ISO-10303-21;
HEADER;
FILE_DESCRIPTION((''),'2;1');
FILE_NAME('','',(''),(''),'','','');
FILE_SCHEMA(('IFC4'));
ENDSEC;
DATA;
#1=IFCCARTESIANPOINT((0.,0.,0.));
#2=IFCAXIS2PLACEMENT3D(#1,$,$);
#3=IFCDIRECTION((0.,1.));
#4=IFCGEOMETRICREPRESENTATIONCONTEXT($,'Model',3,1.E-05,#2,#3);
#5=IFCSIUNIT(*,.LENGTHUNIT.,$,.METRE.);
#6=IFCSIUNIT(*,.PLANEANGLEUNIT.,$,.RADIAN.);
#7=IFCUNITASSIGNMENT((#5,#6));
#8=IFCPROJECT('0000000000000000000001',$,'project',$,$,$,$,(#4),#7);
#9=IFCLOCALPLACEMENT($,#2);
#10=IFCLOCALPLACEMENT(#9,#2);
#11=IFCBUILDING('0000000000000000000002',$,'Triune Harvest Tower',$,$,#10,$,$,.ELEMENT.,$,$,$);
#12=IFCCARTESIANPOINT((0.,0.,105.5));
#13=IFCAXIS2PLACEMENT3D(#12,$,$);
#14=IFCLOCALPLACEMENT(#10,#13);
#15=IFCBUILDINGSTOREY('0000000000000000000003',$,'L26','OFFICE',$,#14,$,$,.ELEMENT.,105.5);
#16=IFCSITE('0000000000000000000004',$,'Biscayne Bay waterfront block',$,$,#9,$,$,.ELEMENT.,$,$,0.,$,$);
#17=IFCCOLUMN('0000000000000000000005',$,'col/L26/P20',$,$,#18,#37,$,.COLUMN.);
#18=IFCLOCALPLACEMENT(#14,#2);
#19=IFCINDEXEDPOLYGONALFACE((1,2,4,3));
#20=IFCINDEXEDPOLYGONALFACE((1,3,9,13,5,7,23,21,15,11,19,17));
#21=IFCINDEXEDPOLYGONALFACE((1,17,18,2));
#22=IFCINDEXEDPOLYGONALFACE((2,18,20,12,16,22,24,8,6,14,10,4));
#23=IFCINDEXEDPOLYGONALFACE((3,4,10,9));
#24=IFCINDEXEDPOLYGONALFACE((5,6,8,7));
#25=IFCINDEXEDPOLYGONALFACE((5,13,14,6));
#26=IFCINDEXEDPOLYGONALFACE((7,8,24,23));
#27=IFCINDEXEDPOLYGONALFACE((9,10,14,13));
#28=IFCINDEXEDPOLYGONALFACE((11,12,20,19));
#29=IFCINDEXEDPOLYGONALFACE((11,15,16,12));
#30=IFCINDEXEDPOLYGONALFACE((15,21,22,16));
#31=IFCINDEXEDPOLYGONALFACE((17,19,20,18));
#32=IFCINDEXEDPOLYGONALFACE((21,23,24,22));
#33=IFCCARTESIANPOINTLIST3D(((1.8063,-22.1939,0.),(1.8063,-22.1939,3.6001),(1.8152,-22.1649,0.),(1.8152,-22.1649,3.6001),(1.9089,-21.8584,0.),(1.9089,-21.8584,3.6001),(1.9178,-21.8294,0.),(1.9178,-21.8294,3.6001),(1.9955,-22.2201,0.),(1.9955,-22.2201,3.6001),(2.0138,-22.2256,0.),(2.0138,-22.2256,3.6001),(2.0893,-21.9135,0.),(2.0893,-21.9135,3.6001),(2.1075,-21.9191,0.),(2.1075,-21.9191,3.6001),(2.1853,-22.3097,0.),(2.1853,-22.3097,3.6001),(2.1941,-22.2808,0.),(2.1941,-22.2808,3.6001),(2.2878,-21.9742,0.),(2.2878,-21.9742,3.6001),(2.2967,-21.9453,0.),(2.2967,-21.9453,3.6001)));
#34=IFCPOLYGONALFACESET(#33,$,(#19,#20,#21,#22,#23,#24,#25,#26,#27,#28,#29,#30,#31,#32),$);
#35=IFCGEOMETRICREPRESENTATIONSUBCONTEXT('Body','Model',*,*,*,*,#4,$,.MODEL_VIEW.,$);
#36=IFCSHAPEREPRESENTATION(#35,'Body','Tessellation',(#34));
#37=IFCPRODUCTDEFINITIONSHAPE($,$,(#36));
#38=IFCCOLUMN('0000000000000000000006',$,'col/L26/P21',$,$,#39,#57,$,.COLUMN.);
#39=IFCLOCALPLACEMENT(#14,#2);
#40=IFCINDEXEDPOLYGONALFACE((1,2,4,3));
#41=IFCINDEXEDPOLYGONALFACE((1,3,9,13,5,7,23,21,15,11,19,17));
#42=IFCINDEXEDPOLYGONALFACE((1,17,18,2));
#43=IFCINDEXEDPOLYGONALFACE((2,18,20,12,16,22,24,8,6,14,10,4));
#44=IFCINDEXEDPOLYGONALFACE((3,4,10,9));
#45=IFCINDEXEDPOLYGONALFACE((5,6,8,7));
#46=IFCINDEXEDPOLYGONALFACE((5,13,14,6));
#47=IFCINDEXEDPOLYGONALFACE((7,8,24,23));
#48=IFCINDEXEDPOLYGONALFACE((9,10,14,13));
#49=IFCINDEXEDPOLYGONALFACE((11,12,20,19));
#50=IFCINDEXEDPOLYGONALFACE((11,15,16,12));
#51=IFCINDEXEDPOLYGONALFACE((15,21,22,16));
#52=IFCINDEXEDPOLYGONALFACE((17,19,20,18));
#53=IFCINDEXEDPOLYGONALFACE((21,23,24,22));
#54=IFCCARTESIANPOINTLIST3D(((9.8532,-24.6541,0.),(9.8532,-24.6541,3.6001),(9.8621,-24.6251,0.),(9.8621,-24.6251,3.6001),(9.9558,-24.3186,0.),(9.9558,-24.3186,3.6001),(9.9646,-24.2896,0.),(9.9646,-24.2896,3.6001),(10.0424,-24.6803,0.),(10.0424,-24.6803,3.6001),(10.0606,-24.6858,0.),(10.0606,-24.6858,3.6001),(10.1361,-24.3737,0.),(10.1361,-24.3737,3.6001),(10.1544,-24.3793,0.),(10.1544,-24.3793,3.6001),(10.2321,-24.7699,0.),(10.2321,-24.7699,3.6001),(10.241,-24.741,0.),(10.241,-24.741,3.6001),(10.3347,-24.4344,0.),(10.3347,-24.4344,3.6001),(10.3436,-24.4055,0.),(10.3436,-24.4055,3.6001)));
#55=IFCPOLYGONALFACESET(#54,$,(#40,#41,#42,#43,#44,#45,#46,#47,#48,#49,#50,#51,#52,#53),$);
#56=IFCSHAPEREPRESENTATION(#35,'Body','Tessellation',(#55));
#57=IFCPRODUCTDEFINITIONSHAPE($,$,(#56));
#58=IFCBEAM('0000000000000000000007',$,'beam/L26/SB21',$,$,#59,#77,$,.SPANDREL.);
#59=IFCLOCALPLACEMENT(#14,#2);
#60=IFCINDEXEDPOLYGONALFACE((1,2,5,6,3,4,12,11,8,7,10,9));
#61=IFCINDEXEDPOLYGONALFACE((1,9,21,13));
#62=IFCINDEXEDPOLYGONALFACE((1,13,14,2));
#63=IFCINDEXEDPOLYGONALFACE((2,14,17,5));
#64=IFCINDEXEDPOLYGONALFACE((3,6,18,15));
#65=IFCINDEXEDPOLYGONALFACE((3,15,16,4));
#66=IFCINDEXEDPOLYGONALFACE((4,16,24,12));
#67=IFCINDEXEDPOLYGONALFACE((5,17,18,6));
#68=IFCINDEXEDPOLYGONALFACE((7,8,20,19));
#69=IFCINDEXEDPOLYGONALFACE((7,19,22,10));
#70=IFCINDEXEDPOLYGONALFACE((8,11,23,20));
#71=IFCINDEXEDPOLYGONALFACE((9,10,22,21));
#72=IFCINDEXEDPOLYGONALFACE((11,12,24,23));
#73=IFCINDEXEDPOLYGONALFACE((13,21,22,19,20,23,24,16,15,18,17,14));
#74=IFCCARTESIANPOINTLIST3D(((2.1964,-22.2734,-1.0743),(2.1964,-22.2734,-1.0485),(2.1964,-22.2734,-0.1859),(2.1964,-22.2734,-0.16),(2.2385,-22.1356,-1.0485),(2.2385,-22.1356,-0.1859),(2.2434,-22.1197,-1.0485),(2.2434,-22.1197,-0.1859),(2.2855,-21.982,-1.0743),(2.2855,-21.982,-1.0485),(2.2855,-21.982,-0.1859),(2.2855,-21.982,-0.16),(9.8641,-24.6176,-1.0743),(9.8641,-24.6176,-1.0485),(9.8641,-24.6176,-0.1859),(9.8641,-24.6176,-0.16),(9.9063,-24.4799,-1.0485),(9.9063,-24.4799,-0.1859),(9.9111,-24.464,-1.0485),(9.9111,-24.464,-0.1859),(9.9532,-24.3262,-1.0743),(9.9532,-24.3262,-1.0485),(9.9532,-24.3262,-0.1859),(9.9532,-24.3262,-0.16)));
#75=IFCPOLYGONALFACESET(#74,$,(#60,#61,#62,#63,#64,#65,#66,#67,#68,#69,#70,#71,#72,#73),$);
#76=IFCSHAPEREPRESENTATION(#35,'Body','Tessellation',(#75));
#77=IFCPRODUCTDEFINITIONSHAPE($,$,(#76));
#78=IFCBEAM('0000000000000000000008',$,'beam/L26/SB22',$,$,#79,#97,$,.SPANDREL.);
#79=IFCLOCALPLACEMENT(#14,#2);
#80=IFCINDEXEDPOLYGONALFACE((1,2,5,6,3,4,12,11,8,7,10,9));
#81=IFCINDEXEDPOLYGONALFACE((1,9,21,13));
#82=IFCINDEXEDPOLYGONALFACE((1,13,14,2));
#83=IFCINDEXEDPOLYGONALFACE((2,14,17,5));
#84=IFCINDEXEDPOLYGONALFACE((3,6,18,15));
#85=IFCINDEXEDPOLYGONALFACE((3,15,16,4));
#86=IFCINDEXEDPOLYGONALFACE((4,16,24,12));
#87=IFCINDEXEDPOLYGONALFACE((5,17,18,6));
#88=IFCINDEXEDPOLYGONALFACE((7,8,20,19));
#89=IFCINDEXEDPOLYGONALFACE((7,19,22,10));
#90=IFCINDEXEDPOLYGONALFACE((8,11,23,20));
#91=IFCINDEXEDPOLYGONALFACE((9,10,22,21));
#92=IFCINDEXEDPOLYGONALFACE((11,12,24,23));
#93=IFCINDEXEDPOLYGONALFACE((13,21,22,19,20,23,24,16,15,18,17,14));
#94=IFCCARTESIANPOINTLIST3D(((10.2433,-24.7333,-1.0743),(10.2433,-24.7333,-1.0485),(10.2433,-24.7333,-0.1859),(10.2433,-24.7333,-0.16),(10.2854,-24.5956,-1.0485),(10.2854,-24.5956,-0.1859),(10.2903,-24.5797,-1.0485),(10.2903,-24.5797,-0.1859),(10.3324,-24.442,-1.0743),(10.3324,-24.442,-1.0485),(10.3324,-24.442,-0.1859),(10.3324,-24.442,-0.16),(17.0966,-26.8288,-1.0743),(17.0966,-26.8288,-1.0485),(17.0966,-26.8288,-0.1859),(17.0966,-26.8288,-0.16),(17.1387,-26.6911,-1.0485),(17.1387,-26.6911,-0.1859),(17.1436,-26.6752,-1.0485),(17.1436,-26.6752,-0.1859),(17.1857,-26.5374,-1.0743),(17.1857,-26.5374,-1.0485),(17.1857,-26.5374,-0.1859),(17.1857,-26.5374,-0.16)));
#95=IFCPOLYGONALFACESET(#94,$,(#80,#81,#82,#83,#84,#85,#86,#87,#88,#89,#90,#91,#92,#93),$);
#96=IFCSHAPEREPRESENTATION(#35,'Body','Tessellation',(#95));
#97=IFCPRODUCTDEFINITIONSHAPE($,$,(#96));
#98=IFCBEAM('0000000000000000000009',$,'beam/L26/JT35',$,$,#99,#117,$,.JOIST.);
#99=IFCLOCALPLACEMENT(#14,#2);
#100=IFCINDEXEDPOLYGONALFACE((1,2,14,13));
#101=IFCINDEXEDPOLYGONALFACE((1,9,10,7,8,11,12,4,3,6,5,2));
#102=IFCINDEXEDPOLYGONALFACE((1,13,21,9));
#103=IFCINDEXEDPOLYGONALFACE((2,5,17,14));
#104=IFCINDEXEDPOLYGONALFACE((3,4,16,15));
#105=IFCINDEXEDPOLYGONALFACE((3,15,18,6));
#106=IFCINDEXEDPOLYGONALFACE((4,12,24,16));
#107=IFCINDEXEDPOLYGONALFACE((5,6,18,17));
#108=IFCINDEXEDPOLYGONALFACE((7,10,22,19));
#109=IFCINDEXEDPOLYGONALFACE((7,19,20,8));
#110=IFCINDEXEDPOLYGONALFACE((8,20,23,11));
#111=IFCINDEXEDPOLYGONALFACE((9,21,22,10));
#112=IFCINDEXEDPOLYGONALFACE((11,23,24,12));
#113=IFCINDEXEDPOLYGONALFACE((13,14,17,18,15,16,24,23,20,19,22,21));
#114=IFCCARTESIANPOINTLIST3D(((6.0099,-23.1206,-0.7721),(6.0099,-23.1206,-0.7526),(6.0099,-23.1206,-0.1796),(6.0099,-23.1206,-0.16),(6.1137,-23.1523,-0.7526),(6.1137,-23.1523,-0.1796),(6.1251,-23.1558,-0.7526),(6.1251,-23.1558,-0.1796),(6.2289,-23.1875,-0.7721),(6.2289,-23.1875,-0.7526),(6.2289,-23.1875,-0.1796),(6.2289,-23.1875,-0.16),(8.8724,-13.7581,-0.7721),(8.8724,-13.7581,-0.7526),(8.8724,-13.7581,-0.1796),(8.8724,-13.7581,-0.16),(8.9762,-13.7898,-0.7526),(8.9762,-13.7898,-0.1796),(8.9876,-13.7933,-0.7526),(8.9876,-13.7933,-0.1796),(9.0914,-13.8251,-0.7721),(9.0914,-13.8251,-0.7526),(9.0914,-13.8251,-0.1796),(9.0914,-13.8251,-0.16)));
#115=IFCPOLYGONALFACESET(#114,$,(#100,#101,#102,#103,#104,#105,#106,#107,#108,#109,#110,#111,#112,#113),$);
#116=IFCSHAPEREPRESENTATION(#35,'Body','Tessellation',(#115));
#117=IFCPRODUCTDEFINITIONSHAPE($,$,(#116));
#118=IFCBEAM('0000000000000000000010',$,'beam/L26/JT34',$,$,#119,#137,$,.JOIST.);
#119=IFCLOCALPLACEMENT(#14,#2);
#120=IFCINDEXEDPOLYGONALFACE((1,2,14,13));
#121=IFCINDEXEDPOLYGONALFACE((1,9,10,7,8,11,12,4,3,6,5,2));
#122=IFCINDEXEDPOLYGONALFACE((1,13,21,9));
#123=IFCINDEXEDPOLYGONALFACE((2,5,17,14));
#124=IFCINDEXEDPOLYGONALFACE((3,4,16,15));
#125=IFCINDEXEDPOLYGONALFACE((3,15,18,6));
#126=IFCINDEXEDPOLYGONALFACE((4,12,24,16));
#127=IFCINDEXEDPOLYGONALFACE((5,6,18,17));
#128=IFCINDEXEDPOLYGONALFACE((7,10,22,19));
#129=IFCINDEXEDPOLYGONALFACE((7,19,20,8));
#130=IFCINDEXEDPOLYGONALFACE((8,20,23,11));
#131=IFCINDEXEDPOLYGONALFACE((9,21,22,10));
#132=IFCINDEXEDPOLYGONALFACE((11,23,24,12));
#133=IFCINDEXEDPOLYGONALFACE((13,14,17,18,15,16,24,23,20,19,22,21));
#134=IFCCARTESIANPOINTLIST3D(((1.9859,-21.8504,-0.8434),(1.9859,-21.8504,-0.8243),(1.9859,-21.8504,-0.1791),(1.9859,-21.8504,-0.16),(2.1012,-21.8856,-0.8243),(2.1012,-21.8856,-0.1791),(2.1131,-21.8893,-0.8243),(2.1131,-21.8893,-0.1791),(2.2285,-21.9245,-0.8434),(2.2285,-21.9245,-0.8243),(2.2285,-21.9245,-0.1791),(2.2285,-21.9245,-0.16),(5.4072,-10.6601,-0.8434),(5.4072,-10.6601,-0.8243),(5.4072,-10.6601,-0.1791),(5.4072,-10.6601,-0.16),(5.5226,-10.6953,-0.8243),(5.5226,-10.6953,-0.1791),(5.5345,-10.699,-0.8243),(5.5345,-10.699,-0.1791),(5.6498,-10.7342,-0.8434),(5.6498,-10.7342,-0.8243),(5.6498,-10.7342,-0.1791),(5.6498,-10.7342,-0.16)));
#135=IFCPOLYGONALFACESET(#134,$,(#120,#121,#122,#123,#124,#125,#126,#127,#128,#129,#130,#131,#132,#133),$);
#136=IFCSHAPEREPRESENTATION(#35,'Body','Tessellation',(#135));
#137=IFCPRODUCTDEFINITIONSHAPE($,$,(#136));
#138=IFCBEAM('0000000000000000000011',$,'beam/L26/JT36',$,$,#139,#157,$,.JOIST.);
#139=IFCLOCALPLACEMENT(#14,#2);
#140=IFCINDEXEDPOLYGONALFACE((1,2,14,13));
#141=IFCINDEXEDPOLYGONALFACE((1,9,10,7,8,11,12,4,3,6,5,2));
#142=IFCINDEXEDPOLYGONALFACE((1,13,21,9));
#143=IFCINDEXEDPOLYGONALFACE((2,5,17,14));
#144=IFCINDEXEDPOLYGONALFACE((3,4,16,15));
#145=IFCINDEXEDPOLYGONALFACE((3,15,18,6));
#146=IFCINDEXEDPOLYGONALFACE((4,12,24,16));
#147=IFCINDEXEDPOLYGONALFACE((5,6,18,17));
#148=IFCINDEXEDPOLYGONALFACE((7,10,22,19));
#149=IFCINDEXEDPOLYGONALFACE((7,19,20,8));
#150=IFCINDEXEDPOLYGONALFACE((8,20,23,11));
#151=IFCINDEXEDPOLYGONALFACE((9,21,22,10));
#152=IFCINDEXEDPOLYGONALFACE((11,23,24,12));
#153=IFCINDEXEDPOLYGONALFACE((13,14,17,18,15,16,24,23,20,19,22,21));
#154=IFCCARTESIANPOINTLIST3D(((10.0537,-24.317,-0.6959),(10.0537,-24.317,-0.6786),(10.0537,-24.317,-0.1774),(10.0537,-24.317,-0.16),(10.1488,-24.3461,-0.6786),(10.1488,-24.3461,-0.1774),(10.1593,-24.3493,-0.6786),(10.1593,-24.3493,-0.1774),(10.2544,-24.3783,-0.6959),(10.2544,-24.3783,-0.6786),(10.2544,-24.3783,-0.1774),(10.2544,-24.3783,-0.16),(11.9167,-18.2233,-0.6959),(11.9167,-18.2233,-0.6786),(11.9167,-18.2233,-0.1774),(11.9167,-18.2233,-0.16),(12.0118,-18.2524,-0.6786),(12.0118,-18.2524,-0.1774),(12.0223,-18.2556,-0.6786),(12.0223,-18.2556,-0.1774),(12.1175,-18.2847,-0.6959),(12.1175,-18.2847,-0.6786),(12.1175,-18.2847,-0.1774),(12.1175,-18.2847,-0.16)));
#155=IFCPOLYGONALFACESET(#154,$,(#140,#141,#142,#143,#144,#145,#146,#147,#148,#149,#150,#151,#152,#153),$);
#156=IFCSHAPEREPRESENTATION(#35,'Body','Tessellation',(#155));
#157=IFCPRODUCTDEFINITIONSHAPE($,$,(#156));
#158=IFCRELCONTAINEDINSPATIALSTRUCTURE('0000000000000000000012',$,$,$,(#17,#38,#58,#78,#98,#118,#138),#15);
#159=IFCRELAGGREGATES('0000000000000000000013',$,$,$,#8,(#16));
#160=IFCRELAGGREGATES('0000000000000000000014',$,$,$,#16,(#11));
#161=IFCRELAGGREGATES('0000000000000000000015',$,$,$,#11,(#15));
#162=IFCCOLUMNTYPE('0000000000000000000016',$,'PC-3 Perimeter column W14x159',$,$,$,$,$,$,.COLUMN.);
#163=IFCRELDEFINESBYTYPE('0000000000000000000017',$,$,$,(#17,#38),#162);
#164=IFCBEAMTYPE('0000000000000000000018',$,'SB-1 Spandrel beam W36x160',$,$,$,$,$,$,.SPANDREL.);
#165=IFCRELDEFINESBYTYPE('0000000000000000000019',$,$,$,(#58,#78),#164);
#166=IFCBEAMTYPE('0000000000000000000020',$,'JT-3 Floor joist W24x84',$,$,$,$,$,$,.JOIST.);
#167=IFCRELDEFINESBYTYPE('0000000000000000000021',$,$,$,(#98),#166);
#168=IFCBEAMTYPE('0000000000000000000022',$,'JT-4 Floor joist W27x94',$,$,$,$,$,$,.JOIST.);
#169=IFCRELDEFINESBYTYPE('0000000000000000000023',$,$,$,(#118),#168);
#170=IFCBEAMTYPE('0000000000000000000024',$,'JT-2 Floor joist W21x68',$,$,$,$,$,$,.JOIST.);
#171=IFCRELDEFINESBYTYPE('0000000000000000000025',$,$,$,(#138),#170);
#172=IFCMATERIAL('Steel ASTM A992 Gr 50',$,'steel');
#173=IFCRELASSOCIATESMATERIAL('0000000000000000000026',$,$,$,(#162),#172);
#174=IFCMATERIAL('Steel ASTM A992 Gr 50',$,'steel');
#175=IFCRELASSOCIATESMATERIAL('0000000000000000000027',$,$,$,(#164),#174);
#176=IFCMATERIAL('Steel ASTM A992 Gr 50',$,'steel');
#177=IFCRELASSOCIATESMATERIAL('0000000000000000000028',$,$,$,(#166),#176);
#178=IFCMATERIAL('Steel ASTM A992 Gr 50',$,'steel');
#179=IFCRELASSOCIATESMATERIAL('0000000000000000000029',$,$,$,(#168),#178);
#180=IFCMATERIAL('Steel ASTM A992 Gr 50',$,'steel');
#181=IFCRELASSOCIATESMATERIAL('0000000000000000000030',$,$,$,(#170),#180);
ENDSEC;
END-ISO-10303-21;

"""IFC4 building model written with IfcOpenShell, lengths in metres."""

from ifc_helpers import new_model, si_unit, direction, frame, origin, origin_2d, place, context, subcontext, project, spatial, i_section, extrude, source, transform, mapped, material, material_profile, profile_set, type_object, element, save


model = new_model("IFC4")

# Units and contexts
model_context = context("Model", 3, precision=1e-05, world=origin(), true_north=direction((0.0, 1.0)))
body_context = subcontext(model_context, "Body", "Model", "MODEL_VIEW")
ifc_project = project(units=[si_unit("LENGTHUNIT", "METRE"), si_unit("PLANEANGLEUNIT", "RADIAN")], contexts=[model_context])

# Site, building, storey
site_placement = place(None, origin())
site = spatial("IfcSite", under=ifc_project, at=site_placement, Name="Biscayne Bay waterfront block", CompositionType="ELEMENT", RefElevation=0.0)
building_placement = place(site_placement, origin())
building = spatial("IfcBuilding", under=site, at=building_placement, Name="Triune Harvest Tower", CompositionType="ELEMENT")
storey_placement = place(building_placement, frame((0.0, 0.0, 105.5)))
storey = spatial("IfcBuildingStorey", under=building, at=storey_placement, Name="L26", Description="OFFICE", CompositionType="ELEMENT", Elevation=105.5)

# Columns
ifc_material_1 = material(Name="Steel ASTM A992 Gr 50", Category="steel")
ifc_material_profile_1 = material_profile(ifc_material_1, i_section(OverallWidth=0.3962, OverallDepth=0.3811, WebThickness=0.019, FlangeThickness=0.0303, at=origin_2d()), Name="W14x159")
ifc_profile_set_1 = profile_set([ifc_material_profile_1], Name="Steel ASTM A992 Gr 50")
column_type = type_object("IfcColumnType", Name="PC-3 Perimeter column W14x159", PredefinedType="COLUMN", material=ifc_profile_set_1)
shared_shape_1 = source(origin(), body_context, "Body", "SweptSolid", [
    extrude(i_section(OverallWidth=0.3962, OverallDepth=0.3811, WebThickness=0.019, FlangeThickness=0.0303, at=origin_2d()), origin(), (0.0, 0.0, 1.0), 3.6001),
])
for number, where, z_axis, x_axis, name in (
    (1, (2.0515, -22.0696, 0.0), (0.0, 0.0, 1.0), (0.956305, -0.292372, 0.0), "col/L26/P20"),
    (2, (10.0984, -24.5298, 0.0), (0.0, 0.0, 1.0), (0.956305, -0.292372, 0.0), "col/L26/P21"),
):
    element("IfcColumn", number, at=place(storey_placement, frame(where, z_axis=z_axis, x_axis=x_axis)), inside=storey, type_object=column_type, Name=name, PredefinedType="COLUMN", context=body_context, shape_type="MappedRepresentation", body=[
        mapped(shared_shape_1, transform((0.0, 0.0, 0.0), scale=1.0)),
    ])

# Beams
ifc_material_2 = material(Name="Steel ASTM A992 Gr 50", Category="steel")
ifc_material_profile_2 = material_profile(ifc_material_2, i_section(OverallWidth=0.3047, OverallDepth=0.9143, WebThickness=0.0166, FlangeThickness=0.0259, at=origin_2d()), Name="W36x160")
ifc_profile_set_2 = profile_set([ifc_material_profile_2], Name="Steel ASTM A992 Gr 50")
beam_type_1 = type_object("IfcBeamType", Name="SB-1 Spandrel beam W36x160", PredefinedType="SPANDREL", material=ifc_profile_set_2)
shared_shape_2 = source(origin(), body_context, "Body", "SweptSolid", [
    extrude(i_section(OverallWidth=0.3047, OverallDepth=0.9143, WebThickness=0.0166, FlangeThickness=0.0259, at=origin_2d()), origin(), (0.0, 0.0, 1.0), 8.0181),
])
beam_1_placement = place(storey_placement, frame((2.241, -22.1277, -0.6172), z_axis=(0.956305, -0.292369, 0.0), x_axis=(0.292369, 0.956305, 0.0)))
element("IfcBeam", 3, at=beam_1_placement, inside=storey, type_object=beam_type_1, Name="beam/L26/SB21", PredefinedType="SPANDREL", context=body_context, shape_type="MappedRepresentation", body=[
    mapped(shared_shape_2, transform((0.0, 0.0, 0.0), scale=1.0)),
])
shared_shape_3 = source(origin(), body_context, "Body", "SweptSolid", [
    extrude(i_section(OverallWidth=0.3047, OverallDepth=0.9143, WebThickness=0.0166, FlangeThickness=0.0259, at=origin_2d()), origin(), (0.0, 0.0, 1.0), 7.1665),
])
beam_2_placement = place(storey_placement, frame((10.2878, -24.5876, -0.6172), z_axis=(0.956297, -0.292398, 0.0), x_axis=(0.292398, 0.956297, 0.0)))
element("IfcBeam", 4, at=beam_2_placement, inside=storey, type_object=beam_type_1, Name="beam/L26/SB22", PredefinedType="SPANDREL", context=body_context, shape_type="MappedRepresentation", body=[
    mapped(shared_shape_3, transform((0.0, 0.0, 0.0), scale=1.0)),
])
ifc_material_3 = material(Name="Steel ASTM A992 Gr 50", Category="steel")
ifc_material_profile_3 = material_profile(ifc_material_3, i_section(OverallWidth=0.229, OverallDepth=0.6121, WebThickness=0.012, FlangeThickness=0.0195, at=origin_2d()), Name="W24x84")
ifc_profile_set_3 = profile_set([ifc_material_profile_3], Name="Steel ASTM A992 Gr 50")
beam_type_2 = type_object("IfcBeamType", Name="JT-3 Floor joist W24x84", PredefinedType="JOIST", material=ifc_profile_set_3)
shared_shape_4 = source(origin(), body_context, "Body", "SweptSolid", [
    extrude(i_section(OverallWidth=0.229, OverallDepth=0.6121, WebThickness=0.012, FlangeThickness=0.0195, at=origin_2d()), origin(), (0.0, 0.0, 1.0), 9.7903),
])
beam_3_placement = place(storey_placement, frame((6.1194, -23.1541, -0.4661), z_axis=(0.292384, 0.956301, 0.0), x_axis=(-0.956301, 0.292384, 0.0)))
element("IfcBeam", 5, at=beam_3_placement, inside=storey, type_object=beam_type_2, Name="beam/L26/JT35", PredefinedType="JOIST", context=body_context, shape_type="MappedRepresentation", body=[
    mapped(shared_shape_4, transform((0.0, 0.0, 0.0), scale=1.0)),
])
ifc_material_4 = material(Name="Steel ASTM A992 Gr 50", Category="steel")
ifc_material_profile_4 = material_profile(ifc_material_4, i_section(OverallWidth=0.2537, OverallDepth=0.6833, WebThickness=0.0125, FlangeThickness=0.019, at=origin_2d()), Name="W27x94")
ifc_profile_set_4 = profile_set([ifc_material_profile_4], Name="Steel ASTM A992 Gr 50")
beam_type_3 = type_object("IfcBeamType", Name="JT-4 Floor joist W27x94", PredefinedType="JOIST", material=ifc_profile_set_4)
shared_shape_5 = source(origin(), body_context, "Body", "SweptSolid", [
    extrude(i_section(OverallWidth=0.2537, OverallDepth=0.6833, WebThickness=0.0125, FlangeThickness=0.019, at=origin_2d()), origin(), (0.0, 0.0, 1.0), 11.7017),
])
beam_4_placement = place(storey_placement, frame((2.1072, -21.8875, -0.5017), z_axis=(0.292382, 0.956302, 0.0), x_axis=(-0.956302, 0.292382, 0.0)))
element("IfcBeam", 6, at=beam_4_placement, inside=storey, type_object=beam_type_3, Name="beam/L26/JT34", PredefinedType="JOIST", context=body_context, shape_type="MappedRepresentation", body=[
    mapped(shared_shape_5, transform((0.0, 0.0, 0.0), scale=1.0)),
])
ifc_material_5 = material(Name="Steel ASTM A992 Gr 50", Category="steel")
ifc_material_profile_5 = material_profile(ifc_material_5, i_section(OverallWidth=0.21, OverallDepth=0.5359, WebThickness=0.011, FlangeThickness=0.0173, at=origin_2d()), Name="W21x68")
ifc_profile_set_5 = profile_set([ifc_material_profile_5], Name="Steel ASTM A992 Gr 50")
beam_type_4 = type_object("IfcBeamType", Name="JT-2 Floor joist W21x68", PredefinedType="JOIST", material=ifc_profile_set_5)
shared_shape_6 = source(origin(), body_context, "Body", "SweptSolid", [
    extrude(i_section(OverallWidth=0.21, OverallDepth=0.5359, WebThickness=0.011, FlangeThickness=0.0173, at=origin_2d()), origin(), (0.0, 0.0, 1.0), 6.3721),
])
beam_5_placement = place(storey_placement, frame((10.1541, -24.3477, -0.428), z_axis=(0.29237, 0.956305, 0.0), x_axis=(-0.956305, 0.29237, 0.0)))
element("IfcBeam", 7, at=beam_5_placement, inside=storey, type_object=beam_type_4, Name="beam/L26/JT36", PredefinedType="JOIST", context=body_context, shape_type="MappedRepresentation", body=[
    mapped(shared_shape_6, transform((0.0, 0.0, 0.0), scale=1.0)),
])

save(model, "model.ifc")
